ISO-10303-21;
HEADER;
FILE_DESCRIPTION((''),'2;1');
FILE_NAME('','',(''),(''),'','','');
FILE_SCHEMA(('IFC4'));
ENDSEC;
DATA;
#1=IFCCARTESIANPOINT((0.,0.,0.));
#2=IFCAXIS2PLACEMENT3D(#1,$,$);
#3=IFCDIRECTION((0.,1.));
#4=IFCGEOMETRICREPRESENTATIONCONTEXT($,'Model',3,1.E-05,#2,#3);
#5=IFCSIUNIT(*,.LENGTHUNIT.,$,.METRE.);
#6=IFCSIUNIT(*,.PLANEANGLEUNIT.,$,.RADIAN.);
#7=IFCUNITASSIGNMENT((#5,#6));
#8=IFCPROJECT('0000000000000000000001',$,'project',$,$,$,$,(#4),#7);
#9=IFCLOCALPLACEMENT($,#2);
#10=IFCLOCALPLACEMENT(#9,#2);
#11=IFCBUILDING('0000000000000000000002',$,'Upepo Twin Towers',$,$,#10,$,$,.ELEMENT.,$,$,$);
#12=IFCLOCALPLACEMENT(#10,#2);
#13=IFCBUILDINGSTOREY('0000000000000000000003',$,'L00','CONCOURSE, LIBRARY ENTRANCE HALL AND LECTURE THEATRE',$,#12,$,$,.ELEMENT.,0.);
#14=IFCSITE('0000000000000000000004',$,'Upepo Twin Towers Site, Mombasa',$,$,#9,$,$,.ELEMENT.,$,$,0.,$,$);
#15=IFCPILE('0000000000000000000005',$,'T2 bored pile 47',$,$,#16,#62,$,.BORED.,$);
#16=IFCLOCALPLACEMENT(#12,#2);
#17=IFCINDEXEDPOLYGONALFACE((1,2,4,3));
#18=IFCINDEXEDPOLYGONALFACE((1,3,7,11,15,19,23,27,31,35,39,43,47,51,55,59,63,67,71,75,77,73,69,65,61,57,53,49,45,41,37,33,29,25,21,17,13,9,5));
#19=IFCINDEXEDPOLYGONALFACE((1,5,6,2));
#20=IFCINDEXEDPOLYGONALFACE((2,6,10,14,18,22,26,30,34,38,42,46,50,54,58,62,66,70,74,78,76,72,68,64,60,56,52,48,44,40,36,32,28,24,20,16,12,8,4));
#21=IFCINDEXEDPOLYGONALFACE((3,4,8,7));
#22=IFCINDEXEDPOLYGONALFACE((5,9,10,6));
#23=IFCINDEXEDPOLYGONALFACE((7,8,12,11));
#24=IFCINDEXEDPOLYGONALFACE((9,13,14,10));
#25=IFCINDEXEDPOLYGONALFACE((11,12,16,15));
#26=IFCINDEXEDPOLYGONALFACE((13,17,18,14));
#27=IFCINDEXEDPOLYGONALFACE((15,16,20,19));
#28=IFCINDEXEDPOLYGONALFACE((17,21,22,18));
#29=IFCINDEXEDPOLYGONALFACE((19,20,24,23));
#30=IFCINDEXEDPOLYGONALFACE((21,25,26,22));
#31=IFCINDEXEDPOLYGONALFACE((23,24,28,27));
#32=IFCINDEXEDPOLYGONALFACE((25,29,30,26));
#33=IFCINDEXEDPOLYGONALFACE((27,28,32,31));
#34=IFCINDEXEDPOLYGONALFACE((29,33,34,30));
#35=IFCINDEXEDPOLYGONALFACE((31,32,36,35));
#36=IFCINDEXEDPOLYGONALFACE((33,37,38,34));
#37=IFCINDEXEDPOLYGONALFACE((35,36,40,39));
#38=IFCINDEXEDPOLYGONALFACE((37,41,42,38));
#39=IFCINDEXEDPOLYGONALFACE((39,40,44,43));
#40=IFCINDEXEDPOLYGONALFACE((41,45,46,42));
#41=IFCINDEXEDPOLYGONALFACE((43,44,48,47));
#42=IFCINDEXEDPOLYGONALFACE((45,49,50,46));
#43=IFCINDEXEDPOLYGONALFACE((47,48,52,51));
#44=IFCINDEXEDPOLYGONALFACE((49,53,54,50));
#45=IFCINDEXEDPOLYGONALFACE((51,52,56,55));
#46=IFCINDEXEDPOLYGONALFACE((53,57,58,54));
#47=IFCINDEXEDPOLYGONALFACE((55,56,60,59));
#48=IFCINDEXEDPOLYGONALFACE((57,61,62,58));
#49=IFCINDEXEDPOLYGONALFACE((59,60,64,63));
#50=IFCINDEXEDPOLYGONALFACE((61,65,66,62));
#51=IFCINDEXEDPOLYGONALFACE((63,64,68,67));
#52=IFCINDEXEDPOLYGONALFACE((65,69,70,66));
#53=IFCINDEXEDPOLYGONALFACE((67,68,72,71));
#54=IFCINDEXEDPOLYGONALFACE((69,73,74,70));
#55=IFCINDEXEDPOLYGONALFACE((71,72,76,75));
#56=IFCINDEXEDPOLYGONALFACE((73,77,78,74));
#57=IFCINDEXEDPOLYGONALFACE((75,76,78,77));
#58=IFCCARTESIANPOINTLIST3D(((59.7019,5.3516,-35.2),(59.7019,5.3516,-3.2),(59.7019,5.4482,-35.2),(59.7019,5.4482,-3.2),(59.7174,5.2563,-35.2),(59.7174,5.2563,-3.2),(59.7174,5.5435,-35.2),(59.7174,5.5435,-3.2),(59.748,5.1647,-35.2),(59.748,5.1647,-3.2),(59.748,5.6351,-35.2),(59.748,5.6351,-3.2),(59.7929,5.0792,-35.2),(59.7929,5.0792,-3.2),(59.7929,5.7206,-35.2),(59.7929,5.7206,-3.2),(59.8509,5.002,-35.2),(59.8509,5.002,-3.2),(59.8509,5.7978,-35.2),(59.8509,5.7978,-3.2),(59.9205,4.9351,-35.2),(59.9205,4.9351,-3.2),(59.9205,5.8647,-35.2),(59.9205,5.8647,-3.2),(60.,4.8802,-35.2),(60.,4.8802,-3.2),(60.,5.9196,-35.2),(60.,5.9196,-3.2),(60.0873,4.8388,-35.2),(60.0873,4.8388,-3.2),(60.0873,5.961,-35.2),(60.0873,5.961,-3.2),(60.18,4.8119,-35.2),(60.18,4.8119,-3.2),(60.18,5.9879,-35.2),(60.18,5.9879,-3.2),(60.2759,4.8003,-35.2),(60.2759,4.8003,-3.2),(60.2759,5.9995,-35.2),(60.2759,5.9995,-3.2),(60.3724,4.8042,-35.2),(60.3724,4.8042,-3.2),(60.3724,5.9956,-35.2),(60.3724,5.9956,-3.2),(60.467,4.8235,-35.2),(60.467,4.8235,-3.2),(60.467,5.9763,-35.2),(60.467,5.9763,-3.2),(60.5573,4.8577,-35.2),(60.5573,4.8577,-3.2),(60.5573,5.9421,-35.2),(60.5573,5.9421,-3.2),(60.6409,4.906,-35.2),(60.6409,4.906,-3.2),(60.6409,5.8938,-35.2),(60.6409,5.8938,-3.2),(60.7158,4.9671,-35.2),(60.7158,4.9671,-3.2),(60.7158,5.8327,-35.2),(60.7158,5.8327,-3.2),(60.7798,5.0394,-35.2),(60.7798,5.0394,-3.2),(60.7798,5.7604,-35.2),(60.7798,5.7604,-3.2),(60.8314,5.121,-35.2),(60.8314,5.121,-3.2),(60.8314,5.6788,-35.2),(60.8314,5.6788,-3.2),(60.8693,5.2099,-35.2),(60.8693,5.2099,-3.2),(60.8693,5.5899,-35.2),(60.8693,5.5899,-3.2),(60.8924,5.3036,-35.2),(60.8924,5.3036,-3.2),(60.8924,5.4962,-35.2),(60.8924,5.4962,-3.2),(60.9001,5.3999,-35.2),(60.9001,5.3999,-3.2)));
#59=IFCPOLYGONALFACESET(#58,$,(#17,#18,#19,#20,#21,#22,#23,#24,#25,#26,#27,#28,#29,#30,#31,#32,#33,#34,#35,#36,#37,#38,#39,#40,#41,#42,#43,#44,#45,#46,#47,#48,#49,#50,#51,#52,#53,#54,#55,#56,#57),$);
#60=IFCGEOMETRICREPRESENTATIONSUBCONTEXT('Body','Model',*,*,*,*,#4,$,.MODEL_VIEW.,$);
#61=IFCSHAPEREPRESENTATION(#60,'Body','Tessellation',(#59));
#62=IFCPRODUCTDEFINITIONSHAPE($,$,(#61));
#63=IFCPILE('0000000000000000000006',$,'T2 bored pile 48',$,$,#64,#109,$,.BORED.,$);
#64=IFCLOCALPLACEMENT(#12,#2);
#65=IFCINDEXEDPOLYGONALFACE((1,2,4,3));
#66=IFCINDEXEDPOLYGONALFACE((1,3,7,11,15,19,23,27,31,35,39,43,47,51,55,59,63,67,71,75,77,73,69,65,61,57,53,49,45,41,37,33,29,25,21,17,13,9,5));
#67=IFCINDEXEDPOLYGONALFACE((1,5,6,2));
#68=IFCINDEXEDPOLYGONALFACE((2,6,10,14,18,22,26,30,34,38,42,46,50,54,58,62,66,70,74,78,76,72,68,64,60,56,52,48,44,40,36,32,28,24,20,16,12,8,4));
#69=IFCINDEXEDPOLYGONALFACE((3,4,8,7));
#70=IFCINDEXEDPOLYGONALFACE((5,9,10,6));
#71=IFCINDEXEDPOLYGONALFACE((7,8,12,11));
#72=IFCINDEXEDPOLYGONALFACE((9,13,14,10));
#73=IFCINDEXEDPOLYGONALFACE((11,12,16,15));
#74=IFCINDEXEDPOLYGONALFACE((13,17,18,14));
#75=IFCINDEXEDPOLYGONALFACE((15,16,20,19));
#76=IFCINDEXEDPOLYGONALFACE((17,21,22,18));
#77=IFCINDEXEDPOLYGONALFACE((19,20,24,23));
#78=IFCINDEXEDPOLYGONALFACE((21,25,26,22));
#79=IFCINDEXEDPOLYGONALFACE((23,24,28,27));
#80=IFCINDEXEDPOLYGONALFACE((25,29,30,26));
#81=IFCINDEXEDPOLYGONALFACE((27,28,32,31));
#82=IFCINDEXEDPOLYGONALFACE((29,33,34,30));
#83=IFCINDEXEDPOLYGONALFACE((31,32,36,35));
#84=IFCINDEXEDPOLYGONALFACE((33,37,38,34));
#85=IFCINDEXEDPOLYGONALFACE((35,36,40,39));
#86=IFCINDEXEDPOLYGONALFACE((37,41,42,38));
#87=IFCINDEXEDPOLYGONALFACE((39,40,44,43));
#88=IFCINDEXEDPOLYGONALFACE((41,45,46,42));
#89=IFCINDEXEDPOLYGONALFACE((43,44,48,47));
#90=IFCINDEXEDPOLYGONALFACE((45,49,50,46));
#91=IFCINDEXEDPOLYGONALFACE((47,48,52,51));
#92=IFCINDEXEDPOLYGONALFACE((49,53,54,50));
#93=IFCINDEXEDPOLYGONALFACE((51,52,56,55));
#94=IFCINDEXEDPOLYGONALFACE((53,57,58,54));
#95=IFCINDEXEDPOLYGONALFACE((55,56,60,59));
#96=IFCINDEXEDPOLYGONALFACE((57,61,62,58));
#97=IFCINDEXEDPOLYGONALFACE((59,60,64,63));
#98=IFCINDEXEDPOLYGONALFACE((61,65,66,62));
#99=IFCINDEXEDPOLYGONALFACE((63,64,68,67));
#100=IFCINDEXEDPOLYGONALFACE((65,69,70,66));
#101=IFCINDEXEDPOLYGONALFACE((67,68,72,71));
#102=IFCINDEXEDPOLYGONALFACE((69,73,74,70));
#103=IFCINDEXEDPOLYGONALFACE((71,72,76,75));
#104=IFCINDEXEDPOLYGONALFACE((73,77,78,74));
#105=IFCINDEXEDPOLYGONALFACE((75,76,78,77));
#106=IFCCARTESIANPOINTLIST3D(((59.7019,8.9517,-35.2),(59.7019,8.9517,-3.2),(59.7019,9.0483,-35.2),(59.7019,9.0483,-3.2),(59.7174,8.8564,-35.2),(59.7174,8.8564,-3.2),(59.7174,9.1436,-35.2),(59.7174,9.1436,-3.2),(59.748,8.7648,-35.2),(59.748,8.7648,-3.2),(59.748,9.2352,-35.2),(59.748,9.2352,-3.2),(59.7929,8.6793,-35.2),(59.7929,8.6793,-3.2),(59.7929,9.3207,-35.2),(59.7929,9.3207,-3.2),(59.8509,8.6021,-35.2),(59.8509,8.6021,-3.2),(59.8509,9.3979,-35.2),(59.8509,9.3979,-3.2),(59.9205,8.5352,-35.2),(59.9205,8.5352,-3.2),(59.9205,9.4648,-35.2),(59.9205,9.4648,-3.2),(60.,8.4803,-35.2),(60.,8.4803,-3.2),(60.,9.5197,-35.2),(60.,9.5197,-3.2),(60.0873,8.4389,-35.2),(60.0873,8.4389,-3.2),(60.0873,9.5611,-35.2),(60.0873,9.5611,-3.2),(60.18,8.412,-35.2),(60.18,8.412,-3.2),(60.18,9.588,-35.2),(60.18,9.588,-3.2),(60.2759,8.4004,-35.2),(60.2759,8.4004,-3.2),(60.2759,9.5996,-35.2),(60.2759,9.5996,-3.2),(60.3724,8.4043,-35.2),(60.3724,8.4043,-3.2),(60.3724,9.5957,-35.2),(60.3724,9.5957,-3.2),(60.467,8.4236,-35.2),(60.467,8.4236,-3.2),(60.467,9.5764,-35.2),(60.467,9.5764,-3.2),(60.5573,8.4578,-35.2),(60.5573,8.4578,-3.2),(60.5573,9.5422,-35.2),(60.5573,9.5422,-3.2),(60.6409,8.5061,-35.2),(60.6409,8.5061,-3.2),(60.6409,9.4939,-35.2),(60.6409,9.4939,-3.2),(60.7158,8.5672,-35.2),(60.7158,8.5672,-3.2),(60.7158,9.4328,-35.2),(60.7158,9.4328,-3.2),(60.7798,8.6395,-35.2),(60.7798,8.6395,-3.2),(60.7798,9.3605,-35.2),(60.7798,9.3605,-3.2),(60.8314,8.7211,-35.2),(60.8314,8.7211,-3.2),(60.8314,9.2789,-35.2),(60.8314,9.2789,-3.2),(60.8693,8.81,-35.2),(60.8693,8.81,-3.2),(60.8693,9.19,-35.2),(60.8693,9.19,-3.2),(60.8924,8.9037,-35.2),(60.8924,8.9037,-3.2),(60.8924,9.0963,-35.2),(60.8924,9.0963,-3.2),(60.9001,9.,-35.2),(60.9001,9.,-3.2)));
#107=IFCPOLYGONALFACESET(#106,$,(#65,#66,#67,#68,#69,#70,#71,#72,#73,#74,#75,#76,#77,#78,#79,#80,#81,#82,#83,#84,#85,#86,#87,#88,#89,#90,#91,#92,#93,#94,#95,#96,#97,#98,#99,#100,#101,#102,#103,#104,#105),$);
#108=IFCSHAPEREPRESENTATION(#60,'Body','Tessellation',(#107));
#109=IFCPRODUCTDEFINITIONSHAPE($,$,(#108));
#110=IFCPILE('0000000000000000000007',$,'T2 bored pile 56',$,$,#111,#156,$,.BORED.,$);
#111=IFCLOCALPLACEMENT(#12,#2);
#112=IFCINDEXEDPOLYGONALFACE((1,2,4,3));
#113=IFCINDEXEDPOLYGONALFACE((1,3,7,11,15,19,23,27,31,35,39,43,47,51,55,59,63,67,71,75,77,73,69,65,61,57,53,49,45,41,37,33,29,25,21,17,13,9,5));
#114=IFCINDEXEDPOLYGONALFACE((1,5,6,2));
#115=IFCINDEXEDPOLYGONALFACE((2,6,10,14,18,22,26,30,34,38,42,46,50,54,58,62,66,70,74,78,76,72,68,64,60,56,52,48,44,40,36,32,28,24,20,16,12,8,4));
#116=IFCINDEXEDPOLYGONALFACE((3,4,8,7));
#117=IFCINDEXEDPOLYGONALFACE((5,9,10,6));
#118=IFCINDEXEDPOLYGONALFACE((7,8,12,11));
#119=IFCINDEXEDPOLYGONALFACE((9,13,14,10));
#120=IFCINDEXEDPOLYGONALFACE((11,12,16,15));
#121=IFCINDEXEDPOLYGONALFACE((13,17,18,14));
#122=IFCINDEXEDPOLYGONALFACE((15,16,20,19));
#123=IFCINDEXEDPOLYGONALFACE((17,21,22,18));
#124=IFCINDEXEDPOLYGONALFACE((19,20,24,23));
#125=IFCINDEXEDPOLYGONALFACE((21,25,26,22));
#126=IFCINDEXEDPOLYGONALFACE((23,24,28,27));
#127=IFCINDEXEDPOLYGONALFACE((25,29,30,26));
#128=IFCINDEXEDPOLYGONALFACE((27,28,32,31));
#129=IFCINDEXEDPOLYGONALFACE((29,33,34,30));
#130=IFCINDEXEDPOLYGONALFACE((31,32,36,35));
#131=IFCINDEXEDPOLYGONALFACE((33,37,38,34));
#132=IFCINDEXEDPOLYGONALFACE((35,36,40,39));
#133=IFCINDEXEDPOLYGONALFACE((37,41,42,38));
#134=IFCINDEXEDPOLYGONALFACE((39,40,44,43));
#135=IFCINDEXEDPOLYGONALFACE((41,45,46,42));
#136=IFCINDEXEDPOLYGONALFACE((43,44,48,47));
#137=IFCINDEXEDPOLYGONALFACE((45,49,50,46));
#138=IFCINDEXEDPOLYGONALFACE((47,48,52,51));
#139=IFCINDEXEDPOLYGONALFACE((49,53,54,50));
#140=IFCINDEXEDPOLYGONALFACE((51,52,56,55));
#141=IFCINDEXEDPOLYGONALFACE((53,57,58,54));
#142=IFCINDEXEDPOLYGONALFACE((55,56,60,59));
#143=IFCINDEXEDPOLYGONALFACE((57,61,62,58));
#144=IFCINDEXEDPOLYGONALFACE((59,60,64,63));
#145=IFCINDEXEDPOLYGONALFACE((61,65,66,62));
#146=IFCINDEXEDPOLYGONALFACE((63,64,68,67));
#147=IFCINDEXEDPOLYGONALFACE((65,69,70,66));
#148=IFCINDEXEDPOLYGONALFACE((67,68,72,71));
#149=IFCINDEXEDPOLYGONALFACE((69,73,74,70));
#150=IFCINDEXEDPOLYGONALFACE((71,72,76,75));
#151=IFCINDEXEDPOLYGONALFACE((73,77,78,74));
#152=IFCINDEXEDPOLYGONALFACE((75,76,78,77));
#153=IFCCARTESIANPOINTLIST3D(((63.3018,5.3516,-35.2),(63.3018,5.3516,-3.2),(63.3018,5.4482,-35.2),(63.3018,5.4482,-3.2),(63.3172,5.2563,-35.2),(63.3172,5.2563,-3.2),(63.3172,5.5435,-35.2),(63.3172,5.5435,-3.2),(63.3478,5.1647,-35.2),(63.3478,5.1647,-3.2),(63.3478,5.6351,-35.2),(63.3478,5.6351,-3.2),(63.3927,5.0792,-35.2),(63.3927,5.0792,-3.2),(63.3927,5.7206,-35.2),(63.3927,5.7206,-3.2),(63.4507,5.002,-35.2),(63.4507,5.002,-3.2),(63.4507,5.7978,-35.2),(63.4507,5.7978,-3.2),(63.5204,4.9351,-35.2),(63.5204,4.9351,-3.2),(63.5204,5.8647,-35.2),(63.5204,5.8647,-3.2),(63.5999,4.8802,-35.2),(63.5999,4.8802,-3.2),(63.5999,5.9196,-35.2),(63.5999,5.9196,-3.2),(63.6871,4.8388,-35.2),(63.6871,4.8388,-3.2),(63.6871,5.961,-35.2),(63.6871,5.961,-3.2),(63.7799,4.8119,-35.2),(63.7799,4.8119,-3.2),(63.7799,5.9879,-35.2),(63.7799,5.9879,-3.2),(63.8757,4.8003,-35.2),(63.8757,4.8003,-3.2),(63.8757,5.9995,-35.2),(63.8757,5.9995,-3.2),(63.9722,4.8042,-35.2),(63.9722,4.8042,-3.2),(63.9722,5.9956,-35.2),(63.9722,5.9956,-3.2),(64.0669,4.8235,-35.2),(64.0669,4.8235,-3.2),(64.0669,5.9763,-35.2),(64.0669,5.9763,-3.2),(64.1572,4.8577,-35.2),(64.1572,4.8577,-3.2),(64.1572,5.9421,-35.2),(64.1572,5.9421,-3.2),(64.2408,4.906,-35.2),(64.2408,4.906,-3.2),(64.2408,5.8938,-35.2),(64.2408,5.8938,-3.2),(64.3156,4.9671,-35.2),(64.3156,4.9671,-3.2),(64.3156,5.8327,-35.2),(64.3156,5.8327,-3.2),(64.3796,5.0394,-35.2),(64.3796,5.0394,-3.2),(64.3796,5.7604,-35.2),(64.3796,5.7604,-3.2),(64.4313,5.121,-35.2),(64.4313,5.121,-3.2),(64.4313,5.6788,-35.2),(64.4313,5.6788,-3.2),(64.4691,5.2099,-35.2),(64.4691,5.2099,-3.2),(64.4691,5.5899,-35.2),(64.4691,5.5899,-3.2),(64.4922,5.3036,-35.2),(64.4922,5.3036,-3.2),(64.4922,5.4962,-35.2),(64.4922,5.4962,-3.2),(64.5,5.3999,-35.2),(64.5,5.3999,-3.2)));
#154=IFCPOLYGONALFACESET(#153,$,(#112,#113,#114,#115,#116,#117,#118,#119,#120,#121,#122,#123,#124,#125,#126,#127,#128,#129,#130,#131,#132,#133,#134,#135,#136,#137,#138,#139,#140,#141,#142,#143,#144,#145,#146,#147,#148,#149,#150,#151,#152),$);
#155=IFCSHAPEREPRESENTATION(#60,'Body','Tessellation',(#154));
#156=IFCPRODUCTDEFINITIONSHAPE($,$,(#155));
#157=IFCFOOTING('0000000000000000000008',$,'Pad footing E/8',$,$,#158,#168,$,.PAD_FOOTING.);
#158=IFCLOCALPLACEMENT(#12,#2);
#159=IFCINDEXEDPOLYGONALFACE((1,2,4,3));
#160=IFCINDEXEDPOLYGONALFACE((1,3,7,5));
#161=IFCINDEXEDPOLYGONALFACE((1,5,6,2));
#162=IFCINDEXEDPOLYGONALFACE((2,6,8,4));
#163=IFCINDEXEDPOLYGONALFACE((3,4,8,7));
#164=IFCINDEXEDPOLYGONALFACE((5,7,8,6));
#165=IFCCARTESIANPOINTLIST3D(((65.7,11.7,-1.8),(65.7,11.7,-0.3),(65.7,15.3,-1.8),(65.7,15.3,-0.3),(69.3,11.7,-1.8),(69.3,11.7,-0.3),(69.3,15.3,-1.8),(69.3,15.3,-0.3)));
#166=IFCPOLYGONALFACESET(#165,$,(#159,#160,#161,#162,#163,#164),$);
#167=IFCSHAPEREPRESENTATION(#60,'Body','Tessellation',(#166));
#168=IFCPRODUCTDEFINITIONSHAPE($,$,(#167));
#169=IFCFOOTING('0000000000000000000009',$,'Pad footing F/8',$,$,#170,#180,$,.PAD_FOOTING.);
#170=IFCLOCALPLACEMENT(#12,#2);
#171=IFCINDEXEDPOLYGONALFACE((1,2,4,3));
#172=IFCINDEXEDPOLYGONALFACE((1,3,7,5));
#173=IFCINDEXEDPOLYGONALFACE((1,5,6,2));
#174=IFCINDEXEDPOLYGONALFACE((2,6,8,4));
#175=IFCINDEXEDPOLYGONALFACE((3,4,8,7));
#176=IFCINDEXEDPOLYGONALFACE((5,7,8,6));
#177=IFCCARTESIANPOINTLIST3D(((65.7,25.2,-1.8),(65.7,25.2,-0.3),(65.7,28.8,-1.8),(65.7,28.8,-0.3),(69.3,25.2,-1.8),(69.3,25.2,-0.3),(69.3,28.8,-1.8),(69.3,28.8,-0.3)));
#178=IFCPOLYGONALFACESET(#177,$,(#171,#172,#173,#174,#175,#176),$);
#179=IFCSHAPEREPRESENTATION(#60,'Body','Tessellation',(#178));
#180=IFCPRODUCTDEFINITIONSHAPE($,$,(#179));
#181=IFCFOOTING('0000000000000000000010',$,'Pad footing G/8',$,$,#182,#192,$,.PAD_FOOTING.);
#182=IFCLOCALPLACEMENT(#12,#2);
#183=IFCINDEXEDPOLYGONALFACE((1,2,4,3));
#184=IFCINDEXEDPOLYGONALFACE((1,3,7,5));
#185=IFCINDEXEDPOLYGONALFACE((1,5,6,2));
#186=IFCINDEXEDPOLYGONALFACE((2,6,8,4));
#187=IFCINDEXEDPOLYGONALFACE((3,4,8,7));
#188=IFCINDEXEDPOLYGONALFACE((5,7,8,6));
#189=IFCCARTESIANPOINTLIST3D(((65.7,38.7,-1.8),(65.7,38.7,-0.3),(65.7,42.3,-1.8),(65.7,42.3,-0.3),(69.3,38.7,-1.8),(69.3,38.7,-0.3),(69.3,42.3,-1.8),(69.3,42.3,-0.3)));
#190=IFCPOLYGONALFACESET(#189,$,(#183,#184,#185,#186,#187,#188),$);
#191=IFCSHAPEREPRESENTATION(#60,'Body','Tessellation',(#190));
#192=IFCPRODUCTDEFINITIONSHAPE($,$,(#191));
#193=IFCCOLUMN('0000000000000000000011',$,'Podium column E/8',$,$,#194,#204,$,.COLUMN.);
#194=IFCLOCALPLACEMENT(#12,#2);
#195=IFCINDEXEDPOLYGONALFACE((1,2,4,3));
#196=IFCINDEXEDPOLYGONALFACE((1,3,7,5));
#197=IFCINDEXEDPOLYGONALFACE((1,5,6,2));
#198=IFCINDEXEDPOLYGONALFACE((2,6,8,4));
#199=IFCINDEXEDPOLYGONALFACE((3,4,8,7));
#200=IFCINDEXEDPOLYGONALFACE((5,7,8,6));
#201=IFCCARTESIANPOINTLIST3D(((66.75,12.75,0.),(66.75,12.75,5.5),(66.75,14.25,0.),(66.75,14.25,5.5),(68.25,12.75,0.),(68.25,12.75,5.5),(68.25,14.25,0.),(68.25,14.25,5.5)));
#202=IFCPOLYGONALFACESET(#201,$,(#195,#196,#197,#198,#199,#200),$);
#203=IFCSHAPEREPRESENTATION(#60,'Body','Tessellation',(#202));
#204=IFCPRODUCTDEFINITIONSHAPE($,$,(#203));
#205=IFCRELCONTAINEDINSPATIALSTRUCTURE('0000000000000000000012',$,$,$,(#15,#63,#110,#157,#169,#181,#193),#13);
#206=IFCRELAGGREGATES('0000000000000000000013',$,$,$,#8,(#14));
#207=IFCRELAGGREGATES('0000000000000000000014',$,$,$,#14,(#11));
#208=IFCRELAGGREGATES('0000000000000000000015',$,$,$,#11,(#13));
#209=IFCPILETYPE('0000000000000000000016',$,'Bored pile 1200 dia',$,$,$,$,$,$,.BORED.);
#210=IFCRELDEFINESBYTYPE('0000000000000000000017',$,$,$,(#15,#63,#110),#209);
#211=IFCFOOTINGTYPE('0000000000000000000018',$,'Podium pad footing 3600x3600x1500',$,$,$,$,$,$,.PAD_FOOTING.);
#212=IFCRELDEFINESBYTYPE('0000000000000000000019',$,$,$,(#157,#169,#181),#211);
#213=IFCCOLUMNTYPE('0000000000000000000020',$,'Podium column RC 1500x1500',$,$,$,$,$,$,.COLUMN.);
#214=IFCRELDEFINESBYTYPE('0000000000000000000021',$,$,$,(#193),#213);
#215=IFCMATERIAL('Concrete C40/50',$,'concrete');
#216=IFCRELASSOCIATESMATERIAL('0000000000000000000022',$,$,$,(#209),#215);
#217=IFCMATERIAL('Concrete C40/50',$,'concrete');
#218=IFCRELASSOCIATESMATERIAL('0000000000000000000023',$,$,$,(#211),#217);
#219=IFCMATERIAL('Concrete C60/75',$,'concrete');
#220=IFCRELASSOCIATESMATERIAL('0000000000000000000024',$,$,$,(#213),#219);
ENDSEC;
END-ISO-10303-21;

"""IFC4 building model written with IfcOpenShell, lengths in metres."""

from ifc_helpers import new_model, si_unit, direction, frame, origin, origin_2d, place, context, subcontext, project, spatial, rectangle, circle, extrude, material, material_profile, profile_set, type_object, element, save


model = new_model("IFC4")

# Units and contexts
model_context = context("Model", 3, precision=1e-05, world=origin(), true_north=direction((0.0, 1.0)))
body_context = subcontext(model_context, "Body", "Model", "MODEL_VIEW")
ifc_project = project(units=[si_unit("LENGTHUNIT", "METRE"), si_unit("PLANEANGLEUNIT", "RADIAN")], contexts=[model_context])

# Site, building, storey
site_placement = place(None, origin())
site = spatial("IfcSite", under=ifc_project, at=site_placement, Name="Upepo Twin Towers Site, Mombasa", CompositionType="ELEMENT", RefElevation=0.0)
building_placement = place(site_placement, origin())
building = spatial("IfcBuilding", under=site, at=building_placement, Name="Upepo Twin Towers", CompositionType="ELEMENT")
storey_placement = place(building_placement, origin())
storey = spatial("IfcBuildingStorey", under=building, at=storey_placement, Name="L00", Description="CONCOURSE, LIBRARY ENTRANCE HALL AND LECTURE THEATRE", CompositionType="ELEMENT", Elevation=0.0)

# Piles
ifc_material_1 = material(Name="Concrete C40/50", Category="concrete")
pile_type = type_object("IfcPileType", Name="Bored pile 1200 dia", PredefinedType="BORED", material=ifc_material_1)
for number, where, z_axis, x_axis, name in (
    (1, (60.3, 5.3999, -3.2), (0.0, 0.0, -1.0), (1.0, 0.0, 0.0), "T2 bored pile 47"),
    (2, (60.3, 9.0, -3.2), (0.0, 0.0, -1.0), (1.0, 0.0, 0.0), "T2 bored pile 48"),
    (3, (63.8999, 5.3999, -3.2), (0.0, 0.0, -1.0), (1.0, 0.0, 0.0), "T2 bored pile 56"),
):
    element("IfcPile", number, at=place(storey_placement, frame(where, z_axis=z_axis, x_axis=x_axis)), inside=storey, type_object=pile_type, Name=name, PredefinedType="BORED", context=body_context, shape_type="SweptSolid", body=[
        extrude(circle(Radius=0.6001, at=origin_2d()), origin(), (0.0, 0.0, 1.0), 32.0),
    ])

# Footings
ifc_material_2 = material(Name="Concrete C40/50", Category="concrete")
footing_type = type_object("IfcFootingType", Name="Podium pad footing 3600x3600x1500", PredefinedType="PAD_FOOTING", material=ifc_material_2)
for number, where, z_axis, x_axis, name in (
    (4, (67.5, 13.5, -1.8), (0.0, 0.0, 1.0), (1.0, 0.0, 0.0), "Pad footing E/8"),
    (5, (67.5, 27.0, -1.8), (0.0, 0.0, 1.0), (1.0, 0.0, 0.0), "Pad footing F/8"),
    (6, (67.5, 40.5, -1.8), (0.0, 0.0, 1.0), (1.0, 0.0, 0.0), "Pad footing G/8"),
):
    element("IfcFooting", number, at=place(storey_placement, frame(where, z_axis=z_axis, x_axis=x_axis)), inside=storey, type_object=footing_type, Name=name, PredefinedType="PAD_FOOTING", context=body_context, shape_type="SweptSolid", body=[
        extrude(rectangle(XDim=3.6001, YDim=3.6001, at=origin_2d()), origin(), (0.0, 0.0, 1.0), 1.5),
    ])

# Column
ifc_material_3 = material(Name="Concrete C60/75", Category="concrete")
ifc_material_profile_1 = material_profile(ifc_material_3, rectangle(XDim=1.5, YDim=1.5, at=origin_2d()), Name="RC 1500x1500")
ifc_profile_set_1 = profile_set([ifc_material_profile_1], Name="Concrete C60/75")
column_type_1 = type_object("IfcColumnType", Name="Podium column RC 1500x1500", PredefinedType="COLUMN", material=ifc_profile_set_1)
for number, where, z_axis, x_axis, name in (
    (7, (67.5, 13.5, 0.0), (0.0, 0.0, 1.0), (1.0, 0.0, 0.0), "Podium column E/8"),
):
    element("IfcColumn", number, at=place(storey_placement, frame(where, z_axis=z_axis, x_axis=x_axis)), inside=storey, type_object=column_type_1, Name=name, PredefinedType="COLUMN", context=body_context, shape_type="SweptSolid", body=[
        extrude(rectangle(XDim=1.5, YDim=1.5, at=origin_2d()), origin(), (0.0, 0.0, 1.0), 5.5),
    ])

save(model, "model.ifc")
